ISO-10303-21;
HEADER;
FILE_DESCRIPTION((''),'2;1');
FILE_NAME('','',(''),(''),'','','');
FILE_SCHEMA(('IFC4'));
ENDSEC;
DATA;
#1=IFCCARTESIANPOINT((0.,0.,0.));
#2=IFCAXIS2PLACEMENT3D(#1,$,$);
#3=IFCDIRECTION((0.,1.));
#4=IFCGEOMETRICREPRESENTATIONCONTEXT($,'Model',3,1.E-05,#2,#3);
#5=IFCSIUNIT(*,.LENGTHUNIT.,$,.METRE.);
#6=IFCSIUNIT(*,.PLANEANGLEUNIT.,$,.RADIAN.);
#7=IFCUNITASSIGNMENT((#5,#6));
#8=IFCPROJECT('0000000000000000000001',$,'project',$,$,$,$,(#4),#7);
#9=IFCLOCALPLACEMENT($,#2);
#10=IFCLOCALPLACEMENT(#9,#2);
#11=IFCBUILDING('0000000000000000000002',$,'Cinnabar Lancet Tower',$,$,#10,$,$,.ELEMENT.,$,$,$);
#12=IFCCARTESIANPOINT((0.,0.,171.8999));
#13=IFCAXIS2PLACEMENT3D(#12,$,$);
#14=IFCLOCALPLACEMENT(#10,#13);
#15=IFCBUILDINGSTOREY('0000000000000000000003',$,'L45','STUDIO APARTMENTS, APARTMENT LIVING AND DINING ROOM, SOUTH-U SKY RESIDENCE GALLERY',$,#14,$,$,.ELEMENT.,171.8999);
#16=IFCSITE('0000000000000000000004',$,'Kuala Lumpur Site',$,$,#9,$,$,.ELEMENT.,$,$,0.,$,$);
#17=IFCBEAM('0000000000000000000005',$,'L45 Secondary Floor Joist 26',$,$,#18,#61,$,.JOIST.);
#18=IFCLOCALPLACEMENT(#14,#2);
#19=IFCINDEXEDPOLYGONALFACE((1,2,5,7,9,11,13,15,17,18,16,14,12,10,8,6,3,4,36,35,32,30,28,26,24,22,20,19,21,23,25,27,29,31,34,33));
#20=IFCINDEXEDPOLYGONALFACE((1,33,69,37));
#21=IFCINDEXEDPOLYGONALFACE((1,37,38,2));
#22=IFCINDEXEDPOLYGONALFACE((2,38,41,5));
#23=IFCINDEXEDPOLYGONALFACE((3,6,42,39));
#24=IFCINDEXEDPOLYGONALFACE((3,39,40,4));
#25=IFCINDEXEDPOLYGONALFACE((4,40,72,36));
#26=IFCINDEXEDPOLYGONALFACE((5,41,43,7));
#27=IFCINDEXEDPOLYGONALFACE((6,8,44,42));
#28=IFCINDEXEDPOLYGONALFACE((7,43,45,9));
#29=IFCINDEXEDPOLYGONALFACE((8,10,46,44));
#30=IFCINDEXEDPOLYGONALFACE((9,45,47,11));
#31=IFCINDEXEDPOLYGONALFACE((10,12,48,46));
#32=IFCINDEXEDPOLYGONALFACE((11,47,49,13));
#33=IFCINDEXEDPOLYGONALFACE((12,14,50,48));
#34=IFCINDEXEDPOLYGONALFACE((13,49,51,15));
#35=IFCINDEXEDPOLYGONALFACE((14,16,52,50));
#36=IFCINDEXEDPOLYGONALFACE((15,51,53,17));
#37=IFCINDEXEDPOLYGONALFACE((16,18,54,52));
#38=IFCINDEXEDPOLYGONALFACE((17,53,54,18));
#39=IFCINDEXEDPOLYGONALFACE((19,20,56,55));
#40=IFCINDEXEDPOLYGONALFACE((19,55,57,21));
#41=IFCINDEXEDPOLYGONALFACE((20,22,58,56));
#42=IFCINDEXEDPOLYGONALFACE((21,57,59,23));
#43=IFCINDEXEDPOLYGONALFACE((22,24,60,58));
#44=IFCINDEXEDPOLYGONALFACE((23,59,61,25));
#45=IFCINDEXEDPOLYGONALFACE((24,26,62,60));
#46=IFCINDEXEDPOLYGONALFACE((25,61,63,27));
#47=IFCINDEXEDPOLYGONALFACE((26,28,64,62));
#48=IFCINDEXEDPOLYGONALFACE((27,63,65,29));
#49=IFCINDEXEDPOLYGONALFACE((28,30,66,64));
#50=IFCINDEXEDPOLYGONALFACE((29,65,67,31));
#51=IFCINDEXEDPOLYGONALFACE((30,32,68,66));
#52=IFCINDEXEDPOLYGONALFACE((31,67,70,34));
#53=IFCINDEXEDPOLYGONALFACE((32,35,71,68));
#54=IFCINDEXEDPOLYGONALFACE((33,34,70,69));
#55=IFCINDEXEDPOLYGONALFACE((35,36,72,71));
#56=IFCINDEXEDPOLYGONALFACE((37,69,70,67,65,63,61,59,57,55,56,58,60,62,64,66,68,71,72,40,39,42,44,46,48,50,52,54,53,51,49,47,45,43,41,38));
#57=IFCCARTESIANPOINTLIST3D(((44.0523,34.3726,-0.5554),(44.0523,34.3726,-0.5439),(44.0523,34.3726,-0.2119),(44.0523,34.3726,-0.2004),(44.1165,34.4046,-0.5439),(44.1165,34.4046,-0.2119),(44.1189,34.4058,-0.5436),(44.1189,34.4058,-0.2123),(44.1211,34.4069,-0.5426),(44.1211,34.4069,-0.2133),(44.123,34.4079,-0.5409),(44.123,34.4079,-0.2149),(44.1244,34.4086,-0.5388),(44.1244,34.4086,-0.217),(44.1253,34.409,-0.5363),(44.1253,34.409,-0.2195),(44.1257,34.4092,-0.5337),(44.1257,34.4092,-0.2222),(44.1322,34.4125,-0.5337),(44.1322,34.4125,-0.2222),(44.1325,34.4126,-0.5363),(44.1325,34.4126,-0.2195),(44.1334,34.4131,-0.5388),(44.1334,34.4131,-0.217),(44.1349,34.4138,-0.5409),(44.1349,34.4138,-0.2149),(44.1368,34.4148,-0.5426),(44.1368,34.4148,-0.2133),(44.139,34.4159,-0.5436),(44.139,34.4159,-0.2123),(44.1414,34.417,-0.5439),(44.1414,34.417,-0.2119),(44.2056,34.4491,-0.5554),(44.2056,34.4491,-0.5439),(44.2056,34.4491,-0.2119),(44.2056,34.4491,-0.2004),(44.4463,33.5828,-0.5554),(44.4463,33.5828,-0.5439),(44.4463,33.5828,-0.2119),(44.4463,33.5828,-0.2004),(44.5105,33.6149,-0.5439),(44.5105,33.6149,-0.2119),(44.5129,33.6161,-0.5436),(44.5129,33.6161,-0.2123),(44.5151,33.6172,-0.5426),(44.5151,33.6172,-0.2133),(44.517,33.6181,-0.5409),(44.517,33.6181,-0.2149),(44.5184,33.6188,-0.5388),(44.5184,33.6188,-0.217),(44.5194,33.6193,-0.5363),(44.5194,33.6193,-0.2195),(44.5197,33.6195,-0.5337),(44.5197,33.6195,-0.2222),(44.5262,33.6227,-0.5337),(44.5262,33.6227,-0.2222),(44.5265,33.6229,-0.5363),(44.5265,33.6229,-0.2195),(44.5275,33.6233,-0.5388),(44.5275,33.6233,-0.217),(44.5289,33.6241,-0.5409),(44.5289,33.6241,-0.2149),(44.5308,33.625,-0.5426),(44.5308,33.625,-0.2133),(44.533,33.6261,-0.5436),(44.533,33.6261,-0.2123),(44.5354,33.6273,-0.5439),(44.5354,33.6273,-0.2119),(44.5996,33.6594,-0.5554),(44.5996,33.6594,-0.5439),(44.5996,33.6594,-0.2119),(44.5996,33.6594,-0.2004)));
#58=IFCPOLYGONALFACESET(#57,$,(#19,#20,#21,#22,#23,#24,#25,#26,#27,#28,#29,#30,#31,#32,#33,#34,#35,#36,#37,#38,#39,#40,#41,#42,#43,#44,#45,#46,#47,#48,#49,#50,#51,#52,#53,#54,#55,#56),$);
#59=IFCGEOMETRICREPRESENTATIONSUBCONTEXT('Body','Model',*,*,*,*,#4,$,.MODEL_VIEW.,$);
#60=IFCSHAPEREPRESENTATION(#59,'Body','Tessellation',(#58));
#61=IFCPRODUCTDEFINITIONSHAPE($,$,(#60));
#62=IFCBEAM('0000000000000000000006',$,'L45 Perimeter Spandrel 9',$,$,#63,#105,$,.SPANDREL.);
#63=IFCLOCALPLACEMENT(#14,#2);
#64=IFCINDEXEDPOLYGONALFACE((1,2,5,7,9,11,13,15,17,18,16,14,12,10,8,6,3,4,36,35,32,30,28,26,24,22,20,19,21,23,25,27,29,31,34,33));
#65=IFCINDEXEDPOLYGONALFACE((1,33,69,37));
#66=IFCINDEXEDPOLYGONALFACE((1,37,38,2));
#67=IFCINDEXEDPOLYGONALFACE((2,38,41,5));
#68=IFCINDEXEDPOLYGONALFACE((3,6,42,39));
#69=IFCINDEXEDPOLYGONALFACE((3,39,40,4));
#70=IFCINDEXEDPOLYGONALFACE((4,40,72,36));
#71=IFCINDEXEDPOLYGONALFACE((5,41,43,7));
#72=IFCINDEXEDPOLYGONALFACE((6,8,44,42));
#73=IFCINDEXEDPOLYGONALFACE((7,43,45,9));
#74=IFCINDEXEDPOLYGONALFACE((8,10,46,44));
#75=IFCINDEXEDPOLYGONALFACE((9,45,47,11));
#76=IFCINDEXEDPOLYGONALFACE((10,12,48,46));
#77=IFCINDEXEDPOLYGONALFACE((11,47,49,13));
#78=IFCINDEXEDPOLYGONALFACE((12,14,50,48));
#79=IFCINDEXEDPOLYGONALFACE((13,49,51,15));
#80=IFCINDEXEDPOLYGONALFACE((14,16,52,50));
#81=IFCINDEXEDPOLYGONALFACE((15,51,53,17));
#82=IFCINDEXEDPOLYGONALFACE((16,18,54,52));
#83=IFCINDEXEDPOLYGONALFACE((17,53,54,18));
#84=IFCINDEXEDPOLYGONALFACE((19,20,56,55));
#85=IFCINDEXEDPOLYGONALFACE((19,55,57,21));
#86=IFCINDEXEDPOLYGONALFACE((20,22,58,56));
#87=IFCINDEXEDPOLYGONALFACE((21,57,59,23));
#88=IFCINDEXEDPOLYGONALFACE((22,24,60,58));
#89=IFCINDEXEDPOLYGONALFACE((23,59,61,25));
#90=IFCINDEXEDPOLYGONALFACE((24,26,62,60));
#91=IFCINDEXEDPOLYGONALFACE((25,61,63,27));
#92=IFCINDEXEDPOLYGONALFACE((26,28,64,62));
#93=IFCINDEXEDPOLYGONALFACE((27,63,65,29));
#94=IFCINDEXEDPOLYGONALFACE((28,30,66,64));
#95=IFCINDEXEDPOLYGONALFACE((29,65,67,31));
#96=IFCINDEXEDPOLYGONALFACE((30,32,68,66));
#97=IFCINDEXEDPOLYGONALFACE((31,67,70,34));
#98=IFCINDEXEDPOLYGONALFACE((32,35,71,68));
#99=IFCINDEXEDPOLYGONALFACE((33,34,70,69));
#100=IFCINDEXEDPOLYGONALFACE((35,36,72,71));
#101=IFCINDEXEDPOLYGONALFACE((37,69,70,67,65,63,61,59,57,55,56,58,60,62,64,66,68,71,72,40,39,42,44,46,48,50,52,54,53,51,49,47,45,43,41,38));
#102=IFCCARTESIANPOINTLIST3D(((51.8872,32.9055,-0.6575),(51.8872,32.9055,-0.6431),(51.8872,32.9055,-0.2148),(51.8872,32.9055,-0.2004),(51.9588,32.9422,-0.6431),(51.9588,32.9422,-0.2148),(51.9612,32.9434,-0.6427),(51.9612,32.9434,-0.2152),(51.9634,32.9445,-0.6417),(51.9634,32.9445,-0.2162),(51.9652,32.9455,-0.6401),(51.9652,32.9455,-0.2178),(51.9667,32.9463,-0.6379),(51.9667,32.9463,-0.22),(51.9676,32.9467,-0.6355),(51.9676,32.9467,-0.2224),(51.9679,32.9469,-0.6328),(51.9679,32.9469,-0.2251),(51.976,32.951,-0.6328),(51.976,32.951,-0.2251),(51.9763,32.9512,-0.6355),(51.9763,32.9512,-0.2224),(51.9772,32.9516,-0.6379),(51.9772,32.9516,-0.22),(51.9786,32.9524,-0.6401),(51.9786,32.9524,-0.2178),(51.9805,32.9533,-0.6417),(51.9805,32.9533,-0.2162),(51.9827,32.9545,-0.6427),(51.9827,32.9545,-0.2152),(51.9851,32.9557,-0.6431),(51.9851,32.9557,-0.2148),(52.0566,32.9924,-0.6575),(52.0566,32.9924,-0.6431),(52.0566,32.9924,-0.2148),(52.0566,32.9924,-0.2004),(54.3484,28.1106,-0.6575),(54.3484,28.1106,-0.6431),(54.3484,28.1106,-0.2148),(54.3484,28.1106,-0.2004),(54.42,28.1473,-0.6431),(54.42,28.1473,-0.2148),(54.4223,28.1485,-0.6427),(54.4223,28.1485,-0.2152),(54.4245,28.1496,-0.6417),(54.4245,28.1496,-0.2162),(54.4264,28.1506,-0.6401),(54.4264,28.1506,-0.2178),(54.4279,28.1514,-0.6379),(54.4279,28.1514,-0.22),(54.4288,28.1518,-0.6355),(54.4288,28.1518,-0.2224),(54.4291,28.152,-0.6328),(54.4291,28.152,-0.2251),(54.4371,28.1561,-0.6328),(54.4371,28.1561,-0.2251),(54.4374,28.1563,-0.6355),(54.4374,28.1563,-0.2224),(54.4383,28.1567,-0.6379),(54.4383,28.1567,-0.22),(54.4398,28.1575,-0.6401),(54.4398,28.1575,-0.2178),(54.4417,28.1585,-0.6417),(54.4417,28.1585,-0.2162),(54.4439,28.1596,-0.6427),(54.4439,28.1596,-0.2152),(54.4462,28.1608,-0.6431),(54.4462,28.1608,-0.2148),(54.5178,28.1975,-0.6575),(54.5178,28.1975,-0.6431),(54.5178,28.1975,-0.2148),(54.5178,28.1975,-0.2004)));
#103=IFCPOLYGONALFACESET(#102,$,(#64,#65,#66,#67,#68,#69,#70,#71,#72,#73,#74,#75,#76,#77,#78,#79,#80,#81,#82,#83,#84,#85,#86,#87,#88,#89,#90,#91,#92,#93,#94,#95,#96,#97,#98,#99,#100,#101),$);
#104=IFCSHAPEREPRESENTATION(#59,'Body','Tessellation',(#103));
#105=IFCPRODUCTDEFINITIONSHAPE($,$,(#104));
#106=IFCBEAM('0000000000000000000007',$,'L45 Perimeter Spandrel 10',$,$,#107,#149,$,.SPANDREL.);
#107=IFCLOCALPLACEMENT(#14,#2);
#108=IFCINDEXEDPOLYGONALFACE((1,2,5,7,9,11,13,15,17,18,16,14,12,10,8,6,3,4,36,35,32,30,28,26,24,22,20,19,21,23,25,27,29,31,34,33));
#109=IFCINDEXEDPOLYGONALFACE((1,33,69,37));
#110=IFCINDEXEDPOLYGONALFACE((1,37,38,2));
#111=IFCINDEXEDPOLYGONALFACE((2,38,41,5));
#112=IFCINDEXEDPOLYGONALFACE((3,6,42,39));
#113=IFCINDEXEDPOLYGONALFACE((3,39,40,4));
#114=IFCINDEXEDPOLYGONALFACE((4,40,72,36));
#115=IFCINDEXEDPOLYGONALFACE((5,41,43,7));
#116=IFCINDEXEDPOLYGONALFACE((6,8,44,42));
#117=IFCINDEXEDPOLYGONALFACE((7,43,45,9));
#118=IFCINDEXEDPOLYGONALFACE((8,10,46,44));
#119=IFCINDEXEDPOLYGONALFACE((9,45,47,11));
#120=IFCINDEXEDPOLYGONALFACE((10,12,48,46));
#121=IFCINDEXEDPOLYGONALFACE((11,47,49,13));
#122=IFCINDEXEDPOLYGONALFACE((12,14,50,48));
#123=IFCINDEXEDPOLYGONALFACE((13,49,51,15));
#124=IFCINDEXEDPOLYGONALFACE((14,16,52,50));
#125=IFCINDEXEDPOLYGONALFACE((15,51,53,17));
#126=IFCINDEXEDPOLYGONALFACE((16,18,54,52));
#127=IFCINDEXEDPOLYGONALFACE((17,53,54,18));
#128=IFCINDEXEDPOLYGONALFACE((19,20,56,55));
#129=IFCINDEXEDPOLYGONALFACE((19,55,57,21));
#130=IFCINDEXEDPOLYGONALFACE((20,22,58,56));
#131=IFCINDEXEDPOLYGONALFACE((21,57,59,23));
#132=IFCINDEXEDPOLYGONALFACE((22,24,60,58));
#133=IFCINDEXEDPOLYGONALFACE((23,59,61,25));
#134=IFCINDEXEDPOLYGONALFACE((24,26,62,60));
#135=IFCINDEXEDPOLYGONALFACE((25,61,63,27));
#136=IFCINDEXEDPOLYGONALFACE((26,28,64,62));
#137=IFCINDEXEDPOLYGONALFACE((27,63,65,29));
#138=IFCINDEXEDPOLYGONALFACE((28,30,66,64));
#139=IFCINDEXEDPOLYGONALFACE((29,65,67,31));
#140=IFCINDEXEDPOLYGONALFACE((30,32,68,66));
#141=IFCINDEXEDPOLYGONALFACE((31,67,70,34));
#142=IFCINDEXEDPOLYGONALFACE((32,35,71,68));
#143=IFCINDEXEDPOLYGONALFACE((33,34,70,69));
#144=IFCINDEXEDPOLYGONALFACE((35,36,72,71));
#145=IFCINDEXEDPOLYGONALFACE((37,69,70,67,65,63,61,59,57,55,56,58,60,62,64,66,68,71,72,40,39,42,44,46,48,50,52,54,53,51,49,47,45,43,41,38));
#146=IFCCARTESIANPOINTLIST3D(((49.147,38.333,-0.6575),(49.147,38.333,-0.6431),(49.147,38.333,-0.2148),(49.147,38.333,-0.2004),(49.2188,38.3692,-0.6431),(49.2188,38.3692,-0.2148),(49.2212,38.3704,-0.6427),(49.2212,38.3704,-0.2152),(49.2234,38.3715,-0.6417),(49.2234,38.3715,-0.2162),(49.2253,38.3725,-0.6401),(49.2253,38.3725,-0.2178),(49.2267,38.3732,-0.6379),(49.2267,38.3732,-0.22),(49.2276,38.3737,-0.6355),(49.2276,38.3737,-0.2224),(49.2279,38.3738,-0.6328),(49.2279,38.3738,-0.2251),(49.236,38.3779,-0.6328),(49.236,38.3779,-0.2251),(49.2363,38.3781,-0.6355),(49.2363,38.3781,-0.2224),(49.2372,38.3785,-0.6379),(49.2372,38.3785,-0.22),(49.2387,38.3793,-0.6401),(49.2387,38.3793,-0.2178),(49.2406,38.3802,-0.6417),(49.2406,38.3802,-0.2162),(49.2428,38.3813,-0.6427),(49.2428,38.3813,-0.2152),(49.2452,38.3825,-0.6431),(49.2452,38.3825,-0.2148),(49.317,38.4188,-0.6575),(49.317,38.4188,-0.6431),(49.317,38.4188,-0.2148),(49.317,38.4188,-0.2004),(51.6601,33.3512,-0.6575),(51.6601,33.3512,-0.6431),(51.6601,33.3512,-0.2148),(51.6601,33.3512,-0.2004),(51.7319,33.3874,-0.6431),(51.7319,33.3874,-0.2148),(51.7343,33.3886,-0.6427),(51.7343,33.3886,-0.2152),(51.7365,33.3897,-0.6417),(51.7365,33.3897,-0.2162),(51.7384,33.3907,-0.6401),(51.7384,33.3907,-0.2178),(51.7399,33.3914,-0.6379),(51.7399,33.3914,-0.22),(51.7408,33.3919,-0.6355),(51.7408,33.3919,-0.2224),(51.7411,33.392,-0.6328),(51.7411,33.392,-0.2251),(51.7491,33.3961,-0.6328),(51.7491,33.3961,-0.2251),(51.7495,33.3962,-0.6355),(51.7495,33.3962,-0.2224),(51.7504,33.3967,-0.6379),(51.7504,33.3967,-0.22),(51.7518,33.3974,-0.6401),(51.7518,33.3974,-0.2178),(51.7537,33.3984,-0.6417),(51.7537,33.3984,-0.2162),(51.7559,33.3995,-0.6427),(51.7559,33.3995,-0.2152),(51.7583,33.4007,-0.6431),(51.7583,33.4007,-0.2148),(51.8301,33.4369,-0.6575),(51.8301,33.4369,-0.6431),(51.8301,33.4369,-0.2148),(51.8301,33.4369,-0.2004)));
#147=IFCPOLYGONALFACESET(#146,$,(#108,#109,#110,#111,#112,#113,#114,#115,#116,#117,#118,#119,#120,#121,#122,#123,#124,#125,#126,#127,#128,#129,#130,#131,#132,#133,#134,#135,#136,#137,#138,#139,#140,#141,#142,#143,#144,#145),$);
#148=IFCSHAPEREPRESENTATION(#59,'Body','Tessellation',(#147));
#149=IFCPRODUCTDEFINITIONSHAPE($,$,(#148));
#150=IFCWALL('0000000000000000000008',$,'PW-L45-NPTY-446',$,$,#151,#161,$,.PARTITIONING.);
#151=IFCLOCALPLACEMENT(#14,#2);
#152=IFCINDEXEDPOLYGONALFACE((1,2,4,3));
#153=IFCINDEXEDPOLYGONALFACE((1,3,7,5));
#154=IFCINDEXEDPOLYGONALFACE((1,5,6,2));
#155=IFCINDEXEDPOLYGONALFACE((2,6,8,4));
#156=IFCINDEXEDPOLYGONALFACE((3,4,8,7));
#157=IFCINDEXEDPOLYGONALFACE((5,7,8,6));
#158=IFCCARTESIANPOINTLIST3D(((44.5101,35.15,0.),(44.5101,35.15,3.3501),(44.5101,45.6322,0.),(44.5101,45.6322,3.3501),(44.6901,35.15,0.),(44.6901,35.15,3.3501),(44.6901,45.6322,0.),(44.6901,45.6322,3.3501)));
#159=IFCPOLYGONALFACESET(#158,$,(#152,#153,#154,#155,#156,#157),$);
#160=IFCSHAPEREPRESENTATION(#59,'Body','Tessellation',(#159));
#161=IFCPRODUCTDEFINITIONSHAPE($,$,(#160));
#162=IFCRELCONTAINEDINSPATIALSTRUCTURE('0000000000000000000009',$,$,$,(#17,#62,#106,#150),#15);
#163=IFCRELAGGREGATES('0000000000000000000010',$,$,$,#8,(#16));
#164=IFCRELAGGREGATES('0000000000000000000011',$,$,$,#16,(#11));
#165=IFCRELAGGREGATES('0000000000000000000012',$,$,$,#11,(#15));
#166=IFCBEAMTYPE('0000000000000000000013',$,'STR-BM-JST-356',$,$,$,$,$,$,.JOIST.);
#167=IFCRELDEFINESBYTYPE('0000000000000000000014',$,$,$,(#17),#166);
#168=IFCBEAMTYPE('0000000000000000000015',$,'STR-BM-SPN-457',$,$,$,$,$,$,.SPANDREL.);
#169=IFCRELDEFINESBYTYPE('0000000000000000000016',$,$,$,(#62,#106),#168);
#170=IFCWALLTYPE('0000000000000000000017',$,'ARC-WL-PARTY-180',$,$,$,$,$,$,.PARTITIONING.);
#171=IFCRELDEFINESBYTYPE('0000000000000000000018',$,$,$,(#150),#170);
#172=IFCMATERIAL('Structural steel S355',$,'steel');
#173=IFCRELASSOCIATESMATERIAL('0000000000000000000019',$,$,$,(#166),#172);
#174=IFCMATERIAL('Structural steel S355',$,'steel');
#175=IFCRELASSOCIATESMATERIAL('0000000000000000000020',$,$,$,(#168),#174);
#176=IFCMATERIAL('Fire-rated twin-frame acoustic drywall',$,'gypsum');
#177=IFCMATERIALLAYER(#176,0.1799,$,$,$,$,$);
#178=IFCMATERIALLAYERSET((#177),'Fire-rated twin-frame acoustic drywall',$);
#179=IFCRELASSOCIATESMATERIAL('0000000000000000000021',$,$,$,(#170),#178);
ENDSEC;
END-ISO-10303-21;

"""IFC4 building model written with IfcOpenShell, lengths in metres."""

from ifc_helpers import new_model, si_unit, direction, frame, frame_2d, origin, origin_2d, place, context, subcontext, project, spatial, rectangle, i_section, extrude, material, layer, layer_set, material_profile, profile_set, type_object, element, save


model = new_model("IFC4")

# Units and contexts
model_context = context("Model", 3, precision=1e-05, world=origin(), true_north=direction((0.0, 1.0)))
body_context = subcontext(model_context, "Body", "Model", "MODEL_VIEW")
ifc_project = project(units=[si_unit("LENGTHUNIT", "METRE"), si_unit("PLANEANGLEUNIT", "RADIAN")], contexts=[model_context])

# Site, building, storey
site_placement = place(None, origin())
site = spatial("IfcSite", under=ifc_project, at=site_placement, Name="Kuala Lumpur Site", CompositionType="ELEMENT", RefElevation=0.0)
building_placement = place(site_placement, origin())
building = spatial("IfcBuilding", under=site, at=building_placement, Name="Cinnabar Lancet Tower", CompositionType="ELEMENT")
storey_placement = place(building_placement, frame((0.0, 0.0, 171.8999)))
storey = spatial("IfcBuildingStorey", under=building, at=storey_placement, Name="L45", Description="STUDIO APARTMENTS, APARTMENT LIVING AND DINING ROOM, SOUTH-U SKY RESIDENCE GALLERY", CompositionType="ELEMENT", Elevation=171.8999)

# Beams
ifc_material_1 = material(Name="Structural steel S355", Category="steel")
ifc_material_profile_1 = material_profile(ifc_material_1, i_section(OverallWidth=0.1714, OverallDepth=0.355, WebThickness=0.0073, FlangeThickness=0.0115, FilletRadius=0.0103, at=origin_2d()), Name="UKB 356x171x51")
ifc_profile_set_1 = profile_set([ifc_material_profile_1], Name="Structural steel S355")
beam_type_1 = type_object("IfcBeamType", Name="STR-BM-JST-356", PredefinedType="JOIST", material=ifc_profile_set_1)
beam_1_placement = place(storey_placement, frame((44.5229, 33.6211, -0.3779), z_axis=(-0.446439, 0.894814, 0.0), x_axis=(-0.894814, -0.446439, 0.0)))
element("IfcBeam", 1, at=beam_1_placement, inside=storey, type_object=beam_type_1, Name="L45 Secondary Floor Joist 26", PredefinedType="JOIST", context=body_context, shape_type="SweptSolid", body=[
    extrude(i_section(OverallWidth=0.1714, OverallDepth=0.355, WebThickness=0.0073, FlangeThickness=0.0115, FilletRadius=0.0103, at=origin_2d()), origin(), (0.0, 0.0, 1.0), 0.8826),
])
ifc_material_2 = material(Name="Structural steel S355", Category="steel")
ifc_material_profile_2 = material_profile(ifc_material_2, i_section(OverallWidth=0.1904, OverallDepth=0.457, WebThickness=0.009, FlangeThickness=0.0144, FilletRadius=0.0103, at=origin_2d()), Name="UKB 457x191x74")
ifc_profile_set_2 = profile_set([ifc_material_profile_2], Name="Structural steel S355")
beam_type_2 = type_object("IfcBeamType", Name="STR-BM-SPN-457", PredefinedType="SPANDREL", material=ifc_profile_set_2)
beam_2_placement = place(storey_placement, frame((54.4331, 28.1541, -0.429), z_axis=(-0.456647, 0.889648, 0.0), x_axis=(-0.889648, -0.456647, 0.0)))
element("IfcBeam", 2, at=beam_2_placement, inside=storey, type_object=beam_type_2, Name="L45 Perimeter Spandrel 9", PredefinedType="SPANDREL", context=body_context, shape_type="SweptSolid", body=[
    extrude(i_section(OverallWidth=0.1904, OverallDepth=0.457, WebThickness=0.009, FlangeThickness=0.0144, FilletRadius=0.0103, at=origin_2d()), origin(), (0.0, 0.0, 1.0), 5.3896),
])
beam_3_placement = place(storey_placement, frame((51.7451, 33.394, -0.429), z_axis=(-0.450396, 0.892829, 0.0), x_axis=(-0.892829, -0.450396, 0.0)))
element("IfcBeam", 3, at=beam_3_placement, inside=storey, type_object=beam_type_2, Name="L45 Perimeter Spandrel 10", PredefinedType="SPANDREL", context=body_context, shape_type="SweptSolid", body=[
    extrude(i_section(OverallWidth=0.1904, OverallDepth=0.457, WebThickness=0.009, FlangeThickness=0.0144, FilletRadius=0.0103, at=origin_2d()), origin(), (0.0, 0.0, 1.0), 5.5798),
])

# Wall
ifc_material_3 = material(Name="Fire-rated twin-frame acoustic drywall", Category="gypsum")
ifc_layer_1 = layer(ifc_material_3, 0.1799)
ifc_layer_set_1 = layer_set([ifc_layer_1], Name="Fire-rated twin-frame acoustic drywall")
wall_type_1 = type_object("IfcWallType", Name="ARC-WL-PARTY-180", PredefinedType="PARTITIONING", material=ifc_layer_set_1)
wall_1_placement = place(storey_placement, frame((44.6001, 35.1499, 0.0), z_axis=(0.0, 0.0, 1.0), x_axis=(0.0, 1.0, 0.0)))
element("IfcWall", 4, at=wall_1_placement, inside=storey, type_object=wall_type_1, Name="PW-L45-NPTY-446", PredefinedType="PARTITIONING", context=body_context, shape_type="SweptSolid", body=[
    extrude(rectangle(XDim=10.4822, YDim=0.1799, at=frame_2d((5.2412, 0.0))), origin(), (0.0, 0.0, 1.0), 3.3501),
])

save(model, "model.ifc")
